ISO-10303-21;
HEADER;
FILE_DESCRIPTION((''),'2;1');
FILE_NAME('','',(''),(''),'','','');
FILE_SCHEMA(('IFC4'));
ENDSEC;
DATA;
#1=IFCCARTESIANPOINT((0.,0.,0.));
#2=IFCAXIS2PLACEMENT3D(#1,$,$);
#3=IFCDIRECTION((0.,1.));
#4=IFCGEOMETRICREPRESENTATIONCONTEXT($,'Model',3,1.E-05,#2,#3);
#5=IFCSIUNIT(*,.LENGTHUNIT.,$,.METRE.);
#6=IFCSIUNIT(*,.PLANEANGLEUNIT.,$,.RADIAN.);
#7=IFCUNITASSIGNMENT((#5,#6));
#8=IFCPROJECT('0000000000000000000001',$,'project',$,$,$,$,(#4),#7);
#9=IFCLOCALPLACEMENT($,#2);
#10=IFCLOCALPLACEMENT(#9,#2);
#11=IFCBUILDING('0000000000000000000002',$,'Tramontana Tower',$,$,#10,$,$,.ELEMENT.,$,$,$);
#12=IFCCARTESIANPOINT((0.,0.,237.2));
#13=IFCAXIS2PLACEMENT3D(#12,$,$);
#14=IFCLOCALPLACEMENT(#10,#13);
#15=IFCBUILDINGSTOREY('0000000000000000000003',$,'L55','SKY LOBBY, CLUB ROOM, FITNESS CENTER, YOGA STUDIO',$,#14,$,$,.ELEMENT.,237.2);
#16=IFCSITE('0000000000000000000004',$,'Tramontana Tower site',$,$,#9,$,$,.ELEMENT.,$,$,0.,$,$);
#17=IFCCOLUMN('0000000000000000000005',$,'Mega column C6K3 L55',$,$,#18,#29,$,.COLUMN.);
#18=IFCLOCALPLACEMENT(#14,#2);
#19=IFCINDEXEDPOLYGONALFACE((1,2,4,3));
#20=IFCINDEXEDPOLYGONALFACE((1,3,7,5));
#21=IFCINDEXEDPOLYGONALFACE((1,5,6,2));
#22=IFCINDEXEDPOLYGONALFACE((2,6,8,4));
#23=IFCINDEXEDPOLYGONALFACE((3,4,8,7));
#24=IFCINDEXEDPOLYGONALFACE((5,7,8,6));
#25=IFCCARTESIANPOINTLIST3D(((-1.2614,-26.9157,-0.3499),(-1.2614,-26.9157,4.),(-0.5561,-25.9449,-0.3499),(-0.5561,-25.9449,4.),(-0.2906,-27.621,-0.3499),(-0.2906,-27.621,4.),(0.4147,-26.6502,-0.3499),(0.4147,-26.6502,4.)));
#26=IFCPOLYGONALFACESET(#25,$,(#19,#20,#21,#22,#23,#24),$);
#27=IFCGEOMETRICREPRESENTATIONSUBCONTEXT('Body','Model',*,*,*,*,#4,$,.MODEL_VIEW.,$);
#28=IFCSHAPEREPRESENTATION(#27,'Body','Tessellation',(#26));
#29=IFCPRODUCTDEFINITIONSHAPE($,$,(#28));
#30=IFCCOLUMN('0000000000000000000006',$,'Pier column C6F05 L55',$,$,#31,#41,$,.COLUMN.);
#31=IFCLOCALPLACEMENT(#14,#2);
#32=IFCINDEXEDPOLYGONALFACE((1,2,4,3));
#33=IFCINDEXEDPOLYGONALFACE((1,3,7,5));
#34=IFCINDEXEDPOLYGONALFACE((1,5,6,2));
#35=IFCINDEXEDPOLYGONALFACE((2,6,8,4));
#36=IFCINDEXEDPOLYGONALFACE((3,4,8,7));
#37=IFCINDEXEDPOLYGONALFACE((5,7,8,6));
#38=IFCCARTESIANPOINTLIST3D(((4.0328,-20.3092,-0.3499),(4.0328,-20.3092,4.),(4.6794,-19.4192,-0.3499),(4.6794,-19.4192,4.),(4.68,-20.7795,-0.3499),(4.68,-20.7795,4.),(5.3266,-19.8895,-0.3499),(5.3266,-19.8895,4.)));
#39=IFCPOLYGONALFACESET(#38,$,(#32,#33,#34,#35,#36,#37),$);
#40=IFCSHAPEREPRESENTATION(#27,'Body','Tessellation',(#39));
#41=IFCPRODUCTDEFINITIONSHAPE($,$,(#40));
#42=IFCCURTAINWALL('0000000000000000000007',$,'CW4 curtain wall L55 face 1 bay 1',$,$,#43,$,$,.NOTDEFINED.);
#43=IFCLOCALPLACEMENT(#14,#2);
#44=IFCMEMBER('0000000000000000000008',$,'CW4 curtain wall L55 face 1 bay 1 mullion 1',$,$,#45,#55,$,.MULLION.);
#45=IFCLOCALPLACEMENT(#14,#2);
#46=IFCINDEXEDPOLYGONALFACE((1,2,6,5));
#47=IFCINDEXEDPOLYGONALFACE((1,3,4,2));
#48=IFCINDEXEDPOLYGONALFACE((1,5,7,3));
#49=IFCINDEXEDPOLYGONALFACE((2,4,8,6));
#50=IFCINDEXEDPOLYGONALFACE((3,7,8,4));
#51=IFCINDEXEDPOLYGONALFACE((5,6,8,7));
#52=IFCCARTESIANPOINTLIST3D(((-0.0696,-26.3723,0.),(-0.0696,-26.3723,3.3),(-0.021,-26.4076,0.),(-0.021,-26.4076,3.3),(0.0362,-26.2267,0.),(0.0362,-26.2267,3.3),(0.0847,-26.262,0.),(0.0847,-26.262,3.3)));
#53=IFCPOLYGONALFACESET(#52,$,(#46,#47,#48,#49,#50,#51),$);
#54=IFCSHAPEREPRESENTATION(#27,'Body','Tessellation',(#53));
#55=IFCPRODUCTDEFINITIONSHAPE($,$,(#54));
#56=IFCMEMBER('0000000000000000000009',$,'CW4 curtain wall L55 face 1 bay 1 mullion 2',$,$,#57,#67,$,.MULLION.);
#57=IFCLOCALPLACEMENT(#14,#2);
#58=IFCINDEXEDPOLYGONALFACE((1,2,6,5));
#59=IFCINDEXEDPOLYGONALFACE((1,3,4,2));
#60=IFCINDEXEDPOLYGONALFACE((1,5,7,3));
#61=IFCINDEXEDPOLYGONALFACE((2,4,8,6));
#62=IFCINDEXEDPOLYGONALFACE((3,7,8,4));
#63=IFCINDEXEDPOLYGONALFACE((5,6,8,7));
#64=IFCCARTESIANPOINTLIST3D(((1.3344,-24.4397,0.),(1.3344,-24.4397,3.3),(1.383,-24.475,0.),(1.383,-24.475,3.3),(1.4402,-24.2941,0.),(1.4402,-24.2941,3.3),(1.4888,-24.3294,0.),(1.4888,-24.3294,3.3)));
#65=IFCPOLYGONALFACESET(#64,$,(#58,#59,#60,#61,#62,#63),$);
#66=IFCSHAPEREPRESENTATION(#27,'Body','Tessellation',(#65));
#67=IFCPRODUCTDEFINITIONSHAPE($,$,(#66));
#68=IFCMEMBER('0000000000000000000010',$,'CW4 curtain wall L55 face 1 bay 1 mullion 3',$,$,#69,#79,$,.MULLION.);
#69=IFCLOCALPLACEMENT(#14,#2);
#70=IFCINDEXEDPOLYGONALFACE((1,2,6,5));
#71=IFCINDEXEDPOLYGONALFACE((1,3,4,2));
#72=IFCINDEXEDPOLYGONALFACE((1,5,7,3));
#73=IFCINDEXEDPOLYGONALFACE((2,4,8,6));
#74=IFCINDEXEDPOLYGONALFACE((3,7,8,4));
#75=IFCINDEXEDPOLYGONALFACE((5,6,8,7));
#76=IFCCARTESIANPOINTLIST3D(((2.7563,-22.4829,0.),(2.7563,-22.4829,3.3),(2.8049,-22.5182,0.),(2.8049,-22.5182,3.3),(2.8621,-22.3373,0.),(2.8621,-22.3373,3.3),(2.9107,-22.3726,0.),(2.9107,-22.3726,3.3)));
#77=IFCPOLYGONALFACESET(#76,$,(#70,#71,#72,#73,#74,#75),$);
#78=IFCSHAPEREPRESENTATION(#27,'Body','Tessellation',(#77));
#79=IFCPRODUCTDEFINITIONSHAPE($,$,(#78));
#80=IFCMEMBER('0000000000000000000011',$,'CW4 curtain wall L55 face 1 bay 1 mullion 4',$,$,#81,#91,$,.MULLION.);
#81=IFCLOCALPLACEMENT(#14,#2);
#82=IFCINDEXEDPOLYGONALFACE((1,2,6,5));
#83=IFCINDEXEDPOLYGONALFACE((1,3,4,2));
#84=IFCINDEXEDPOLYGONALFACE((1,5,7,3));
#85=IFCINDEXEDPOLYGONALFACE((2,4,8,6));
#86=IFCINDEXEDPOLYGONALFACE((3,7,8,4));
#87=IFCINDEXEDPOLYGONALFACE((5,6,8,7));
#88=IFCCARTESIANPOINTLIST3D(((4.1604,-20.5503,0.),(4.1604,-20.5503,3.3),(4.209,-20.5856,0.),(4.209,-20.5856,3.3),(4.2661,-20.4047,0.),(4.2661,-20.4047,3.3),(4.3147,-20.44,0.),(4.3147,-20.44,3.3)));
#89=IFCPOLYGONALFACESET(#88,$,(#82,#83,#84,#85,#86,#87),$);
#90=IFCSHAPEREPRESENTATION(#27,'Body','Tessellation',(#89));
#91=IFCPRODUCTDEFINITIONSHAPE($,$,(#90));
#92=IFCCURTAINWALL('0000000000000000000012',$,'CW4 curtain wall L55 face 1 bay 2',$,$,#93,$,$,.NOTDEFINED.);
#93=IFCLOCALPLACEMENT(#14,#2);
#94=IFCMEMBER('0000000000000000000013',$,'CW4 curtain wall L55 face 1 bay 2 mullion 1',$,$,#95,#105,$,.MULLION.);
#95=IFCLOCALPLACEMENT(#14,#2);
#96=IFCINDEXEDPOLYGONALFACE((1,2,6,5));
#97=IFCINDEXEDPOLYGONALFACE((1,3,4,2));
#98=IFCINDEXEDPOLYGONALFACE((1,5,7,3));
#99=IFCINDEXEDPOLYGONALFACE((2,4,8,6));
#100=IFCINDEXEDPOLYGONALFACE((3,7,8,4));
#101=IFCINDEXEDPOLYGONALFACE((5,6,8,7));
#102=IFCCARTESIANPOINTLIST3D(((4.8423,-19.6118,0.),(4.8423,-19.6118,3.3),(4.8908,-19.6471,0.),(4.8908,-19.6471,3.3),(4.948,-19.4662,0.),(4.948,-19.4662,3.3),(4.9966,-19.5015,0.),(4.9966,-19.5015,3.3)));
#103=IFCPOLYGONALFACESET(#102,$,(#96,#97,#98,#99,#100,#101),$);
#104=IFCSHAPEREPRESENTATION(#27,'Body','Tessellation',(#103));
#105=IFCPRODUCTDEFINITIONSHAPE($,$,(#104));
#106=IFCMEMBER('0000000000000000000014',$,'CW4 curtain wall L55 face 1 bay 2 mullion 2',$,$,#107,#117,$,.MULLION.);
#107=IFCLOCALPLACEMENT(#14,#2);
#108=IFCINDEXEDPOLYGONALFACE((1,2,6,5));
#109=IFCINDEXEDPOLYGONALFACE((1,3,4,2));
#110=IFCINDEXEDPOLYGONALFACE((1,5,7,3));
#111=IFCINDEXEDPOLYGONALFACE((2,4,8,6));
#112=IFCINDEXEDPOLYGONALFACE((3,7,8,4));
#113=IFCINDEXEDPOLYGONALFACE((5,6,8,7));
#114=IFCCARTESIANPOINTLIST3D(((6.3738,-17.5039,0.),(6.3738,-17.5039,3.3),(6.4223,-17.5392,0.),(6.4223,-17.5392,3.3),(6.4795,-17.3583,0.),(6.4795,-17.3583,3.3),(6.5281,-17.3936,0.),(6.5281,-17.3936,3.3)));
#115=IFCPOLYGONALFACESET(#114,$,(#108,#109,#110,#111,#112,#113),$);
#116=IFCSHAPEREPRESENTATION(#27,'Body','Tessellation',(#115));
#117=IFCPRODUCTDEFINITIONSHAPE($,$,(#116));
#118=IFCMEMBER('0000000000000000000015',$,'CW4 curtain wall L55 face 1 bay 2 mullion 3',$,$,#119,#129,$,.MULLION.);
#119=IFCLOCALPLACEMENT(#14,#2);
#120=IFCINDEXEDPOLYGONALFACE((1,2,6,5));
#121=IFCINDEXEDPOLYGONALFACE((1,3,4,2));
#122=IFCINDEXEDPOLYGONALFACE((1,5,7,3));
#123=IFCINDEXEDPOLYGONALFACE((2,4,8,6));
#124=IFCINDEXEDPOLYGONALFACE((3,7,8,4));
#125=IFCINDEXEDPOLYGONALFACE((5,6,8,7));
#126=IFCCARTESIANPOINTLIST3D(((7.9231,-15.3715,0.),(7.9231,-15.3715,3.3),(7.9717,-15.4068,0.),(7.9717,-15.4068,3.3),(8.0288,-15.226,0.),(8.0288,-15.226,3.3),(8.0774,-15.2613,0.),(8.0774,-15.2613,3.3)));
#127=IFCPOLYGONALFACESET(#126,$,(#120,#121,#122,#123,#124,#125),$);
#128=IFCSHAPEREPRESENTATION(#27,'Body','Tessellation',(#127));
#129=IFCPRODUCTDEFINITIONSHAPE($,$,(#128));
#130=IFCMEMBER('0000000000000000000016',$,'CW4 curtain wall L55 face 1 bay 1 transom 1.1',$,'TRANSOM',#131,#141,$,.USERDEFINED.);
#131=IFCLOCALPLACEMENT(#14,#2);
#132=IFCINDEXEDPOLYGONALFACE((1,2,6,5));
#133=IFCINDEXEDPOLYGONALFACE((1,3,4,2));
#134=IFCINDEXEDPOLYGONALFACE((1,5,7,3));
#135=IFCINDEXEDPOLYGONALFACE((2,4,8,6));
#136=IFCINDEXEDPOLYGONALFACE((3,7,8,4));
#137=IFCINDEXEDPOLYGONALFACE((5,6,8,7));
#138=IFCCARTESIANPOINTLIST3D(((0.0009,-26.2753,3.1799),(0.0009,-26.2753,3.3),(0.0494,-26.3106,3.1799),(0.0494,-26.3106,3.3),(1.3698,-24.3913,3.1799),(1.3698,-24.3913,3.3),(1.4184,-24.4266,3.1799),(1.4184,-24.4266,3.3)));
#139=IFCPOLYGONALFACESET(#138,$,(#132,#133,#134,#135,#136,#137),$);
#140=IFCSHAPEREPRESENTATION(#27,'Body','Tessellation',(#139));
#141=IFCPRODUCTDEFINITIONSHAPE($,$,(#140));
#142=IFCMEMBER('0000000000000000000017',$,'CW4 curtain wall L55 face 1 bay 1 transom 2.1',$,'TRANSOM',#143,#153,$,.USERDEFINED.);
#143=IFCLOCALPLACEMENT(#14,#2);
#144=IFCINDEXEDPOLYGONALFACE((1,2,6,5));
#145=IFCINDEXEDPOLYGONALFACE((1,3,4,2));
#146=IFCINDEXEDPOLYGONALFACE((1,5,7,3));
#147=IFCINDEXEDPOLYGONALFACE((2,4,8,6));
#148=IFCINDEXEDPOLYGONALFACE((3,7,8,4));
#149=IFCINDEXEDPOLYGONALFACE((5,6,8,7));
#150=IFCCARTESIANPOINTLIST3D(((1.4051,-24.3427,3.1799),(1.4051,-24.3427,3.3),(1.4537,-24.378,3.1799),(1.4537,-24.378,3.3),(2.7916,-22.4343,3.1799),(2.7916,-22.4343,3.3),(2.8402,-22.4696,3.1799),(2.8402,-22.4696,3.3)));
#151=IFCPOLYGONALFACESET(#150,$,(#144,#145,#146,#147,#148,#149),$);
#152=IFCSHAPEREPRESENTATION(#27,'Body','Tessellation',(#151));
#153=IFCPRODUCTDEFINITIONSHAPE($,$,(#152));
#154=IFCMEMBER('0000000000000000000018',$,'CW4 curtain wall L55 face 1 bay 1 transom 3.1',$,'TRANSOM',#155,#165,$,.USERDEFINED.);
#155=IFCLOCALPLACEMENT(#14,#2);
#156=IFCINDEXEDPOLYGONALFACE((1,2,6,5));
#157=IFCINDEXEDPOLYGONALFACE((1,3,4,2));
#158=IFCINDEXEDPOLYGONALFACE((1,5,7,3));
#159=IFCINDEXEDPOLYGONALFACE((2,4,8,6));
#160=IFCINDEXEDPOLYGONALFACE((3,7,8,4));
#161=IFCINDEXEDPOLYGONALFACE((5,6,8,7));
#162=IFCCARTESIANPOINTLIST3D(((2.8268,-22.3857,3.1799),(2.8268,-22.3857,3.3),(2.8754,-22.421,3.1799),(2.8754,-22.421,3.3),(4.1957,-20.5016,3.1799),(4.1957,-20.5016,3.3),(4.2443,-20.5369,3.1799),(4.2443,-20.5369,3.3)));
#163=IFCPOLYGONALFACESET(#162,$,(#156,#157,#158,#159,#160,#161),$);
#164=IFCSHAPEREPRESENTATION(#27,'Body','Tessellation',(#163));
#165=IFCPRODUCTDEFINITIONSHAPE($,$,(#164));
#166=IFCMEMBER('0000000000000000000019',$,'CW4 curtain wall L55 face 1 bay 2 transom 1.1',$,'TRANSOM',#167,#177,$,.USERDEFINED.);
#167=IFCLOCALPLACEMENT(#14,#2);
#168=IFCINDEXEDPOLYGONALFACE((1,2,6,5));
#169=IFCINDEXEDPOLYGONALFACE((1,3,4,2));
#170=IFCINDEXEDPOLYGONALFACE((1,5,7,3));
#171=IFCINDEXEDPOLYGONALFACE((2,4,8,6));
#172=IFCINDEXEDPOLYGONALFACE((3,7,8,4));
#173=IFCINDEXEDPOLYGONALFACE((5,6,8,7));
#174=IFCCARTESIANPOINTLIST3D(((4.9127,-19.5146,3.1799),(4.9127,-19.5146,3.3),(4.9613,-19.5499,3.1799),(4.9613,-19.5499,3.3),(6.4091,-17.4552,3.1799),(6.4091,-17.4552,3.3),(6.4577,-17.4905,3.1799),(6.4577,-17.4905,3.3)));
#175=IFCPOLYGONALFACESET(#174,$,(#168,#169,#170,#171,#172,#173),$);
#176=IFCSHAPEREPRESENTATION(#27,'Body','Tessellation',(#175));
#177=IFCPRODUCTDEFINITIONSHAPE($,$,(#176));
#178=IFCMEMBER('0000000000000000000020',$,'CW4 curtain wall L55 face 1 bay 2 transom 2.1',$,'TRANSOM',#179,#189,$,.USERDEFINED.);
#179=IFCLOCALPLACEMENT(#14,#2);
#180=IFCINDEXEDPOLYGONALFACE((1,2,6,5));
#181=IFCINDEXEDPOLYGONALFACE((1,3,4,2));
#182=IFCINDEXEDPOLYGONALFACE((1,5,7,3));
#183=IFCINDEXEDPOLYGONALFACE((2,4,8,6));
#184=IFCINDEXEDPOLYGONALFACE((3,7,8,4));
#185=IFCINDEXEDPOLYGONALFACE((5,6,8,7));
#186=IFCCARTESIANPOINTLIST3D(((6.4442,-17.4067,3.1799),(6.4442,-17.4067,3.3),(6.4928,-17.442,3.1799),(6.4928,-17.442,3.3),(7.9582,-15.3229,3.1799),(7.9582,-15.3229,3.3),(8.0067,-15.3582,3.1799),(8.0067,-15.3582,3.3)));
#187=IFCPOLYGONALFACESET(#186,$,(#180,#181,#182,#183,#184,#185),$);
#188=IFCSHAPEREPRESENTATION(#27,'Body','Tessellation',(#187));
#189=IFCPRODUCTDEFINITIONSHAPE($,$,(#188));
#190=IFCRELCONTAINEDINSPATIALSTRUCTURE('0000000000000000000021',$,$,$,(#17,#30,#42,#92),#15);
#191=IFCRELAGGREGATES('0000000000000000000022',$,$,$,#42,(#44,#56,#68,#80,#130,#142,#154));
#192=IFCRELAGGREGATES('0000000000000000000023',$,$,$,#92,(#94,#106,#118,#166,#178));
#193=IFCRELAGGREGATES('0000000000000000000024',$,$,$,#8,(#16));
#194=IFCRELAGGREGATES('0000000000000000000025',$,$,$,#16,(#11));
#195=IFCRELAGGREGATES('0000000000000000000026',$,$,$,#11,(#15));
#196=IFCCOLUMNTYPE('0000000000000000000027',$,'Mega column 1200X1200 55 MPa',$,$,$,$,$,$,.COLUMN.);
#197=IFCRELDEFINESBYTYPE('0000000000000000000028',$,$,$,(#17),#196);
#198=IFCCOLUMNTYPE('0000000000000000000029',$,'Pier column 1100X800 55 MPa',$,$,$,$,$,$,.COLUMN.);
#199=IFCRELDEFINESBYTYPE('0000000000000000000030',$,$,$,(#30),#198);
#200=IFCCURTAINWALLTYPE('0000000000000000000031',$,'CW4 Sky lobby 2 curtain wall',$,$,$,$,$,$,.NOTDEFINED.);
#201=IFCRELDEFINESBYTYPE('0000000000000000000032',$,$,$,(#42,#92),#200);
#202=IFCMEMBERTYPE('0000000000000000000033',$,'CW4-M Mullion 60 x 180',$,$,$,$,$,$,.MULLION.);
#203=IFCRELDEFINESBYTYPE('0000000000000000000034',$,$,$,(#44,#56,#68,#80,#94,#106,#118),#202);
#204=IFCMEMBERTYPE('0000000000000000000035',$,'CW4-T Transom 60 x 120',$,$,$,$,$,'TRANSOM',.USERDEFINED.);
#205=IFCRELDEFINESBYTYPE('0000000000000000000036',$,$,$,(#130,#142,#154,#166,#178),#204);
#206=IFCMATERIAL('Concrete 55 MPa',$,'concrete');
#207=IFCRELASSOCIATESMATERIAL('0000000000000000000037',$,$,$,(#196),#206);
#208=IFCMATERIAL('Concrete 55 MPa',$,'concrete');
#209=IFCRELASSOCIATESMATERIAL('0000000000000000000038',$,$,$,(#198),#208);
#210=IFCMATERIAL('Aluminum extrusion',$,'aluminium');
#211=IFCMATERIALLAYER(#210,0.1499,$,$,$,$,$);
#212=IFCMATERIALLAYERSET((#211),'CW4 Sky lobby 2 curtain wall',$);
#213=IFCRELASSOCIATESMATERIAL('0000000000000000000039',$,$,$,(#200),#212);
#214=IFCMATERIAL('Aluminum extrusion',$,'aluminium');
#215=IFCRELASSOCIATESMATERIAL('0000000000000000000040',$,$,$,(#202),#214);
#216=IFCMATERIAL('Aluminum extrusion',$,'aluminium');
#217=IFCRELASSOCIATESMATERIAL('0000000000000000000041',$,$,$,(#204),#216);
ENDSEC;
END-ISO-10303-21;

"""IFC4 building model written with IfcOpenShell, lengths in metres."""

from ifc_helpers import new_model, si_unit, direction, frame, origin, origin_2d, place, context, subcontext, project, spatial, rectangle, extrude, material, layer, layer_set, material_profile, profile_set, type_object, element, aggregate, save


model = new_model("IFC4")

# Units and contexts
model_context = context("Model", 3, precision=1e-05, world=origin(), true_north=direction((0.0, 1.0)))
body_context = subcontext(model_context, "Body", "Model", "MODEL_VIEW")
ifc_project = project(units=[si_unit("LENGTHUNIT", "METRE"), si_unit("PLANEANGLEUNIT", "RADIAN")], contexts=[model_context])

# Site, building, storey
site_placement = place(None, origin())
site = spatial("IfcSite", under=ifc_project, at=site_placement, Name="Tramontana Tower site", CompositionType="ELEMENT", RefElevation=0.0)
building_placement = place(site_placement, origin())
building = spatial("IfcBuilding", under=site, at=building_placement, Name="Tramontana Tower", CompositionType="ELEMENT")
storey_placement = place(building_placement, frame((0.0, 0.0, 237.2)))
storey = spatial("IfcBuildingStorey", under=building, at=storey_placement, Name="L55", Description="SKY LOBBY, CLUB ROOM, FITNESS CENTER, YOGA STUDIO", CompositionType="ELEMENT", Elevation=237.2)

# Columns
ifc_material_1 = material(Name="Concrete 55 MPa", Category="concrete")
ifc_material_profile_1 = material_profile(ifc_material_1, rectangle(XDim=1.2, YDim=1.2, at=origin_2d()), Name="Mega column 1200X1200 55 MPa")
ifc_profile_set_1 = profile_set([ifc_material_profile_1], Name="Concrete 55 MPa")
column_type_1 = type_object("IfcColumnType", Name="Mega column 1200X1200 55 MPa", PredefinedType="COLUMN", material=ifc_profile_set_1)
column_1_placement = place(storey_placement, frame((-0.4233, -26.783, -0.3499), z_axis=(0.0, 0.0, 1.0), x_axis=(0.587785, 0.809017, 0.0)))
element("IfcColumn", 1, at=column_1_placement, inside=storey, type_object=column_type_1, Name="Mega column C6K3 L55", PredefinedType="COLUMN", context=body_context, shape_type="SweptSolid", body=[
    extrude(rectangle(XDim=1.2, YDim=1.2, at=origin_2d()), origin(), (0.0, 0.0, 1.0), 4.3499),
])
ifc_material_2 = material(Name="Concrete 55 MPa", Category="concrete")
ifc_material_profile_2 = material_profile(ifc_material_2, rectangle(XDim=1.1001, YDim=0.8, at=origin_2d()), Name="Pier column 1100X800 55 MPa")
ifc_profile_set_2 = profile_set([ifc_material_profile_2], Name="Concrete 55 MPa")
column_type_2 = type_object("IfcColumnType", Name="Pier column 1100X800 55 MPa", PredefinedType="COLUMN", material=ifc_profile_set_2)
column_2_placement = place(storey_placement, frame((4.6797, -20.0994, -0.3499), z_axis=(0.0, 0.0, 1.0), x_axis=(0.587785, 0.809017, 0.0)))
element("IfcColumn", 2, at=column_2_placement, inside=storey, type_object=column_type_2, Name="Pier column C6F05 L55", PredefinedType="COLUMN", context=body_context, shape_type="SweptSolid", body=[
    extrude(rectangle(XDim=1.1001, YDim=0.8, at=origin_2d()), origin(), (0.0, 0.0, 1.0), 4.3499),
])

# Curtain walls, members
ifc_material_3 = material(Name="Aluminum extrusion", Category="aluminium")
ifc_layer_1 = layer(ifc_material_3, 0.1499)
ifc_layer_set_1 = layer_set([ifc_layer_1], Name="CW4 Sky lobby 2 curtain wall")
curtain_wall_type = type_object("IfcCurtainWallType", Name="CW4 Sky lobby 2 curtain wall", PredefinedType="NOTDEFINED", material=ifc_layer_set_1)
curtain_wall_1_placement = place(storey_placement, origin())
curtain_wall_1 = element("IfcCurtainWall", 3, at=curtain_wall_1_placement, inside=storey, type_object=curtain_wall_type, Name="CW4 curtain wall L55 face 1 bay 1", PredefinedType="NOTDEFINED")
ifc_material_4 = material(Name="Aluminum extrusion", Category="aluminium")
ifc_material_profile_3 = material_profile(ifc_material_4, rectangle(XDim=0.0601, YDim=0.1799, at=origin_2d()), Name="CW4-M Mullion 60 x 180")
ifc_profile_set_3 = profile_set([ifc_material_profile_3], Name="Aluminum extrusion")
member_type_1 = type_object("IfcMemberType", Name="CW4-M Mullion 60 x 180", PredefinedType="MULLION", material=ifc_profile_set_3)
member_1_placement = place(storey_placement, frame((0.0076, -26.3171, 0.0), z_axis=(0.0, 0.0, 1.0), x_axis=(-0.809017, 0.587785, 0.0)))
member_1 = element("IfcMember", 4, at=member_1_placement, type_object=member_type_1, Name="CW4 curtain wall L55 face 1 bay 1 mullion 1", PredefinedType="MULLION", context=body_context, shape_type="SweptSolid", body=[
    extrude(rectangle(XDim=0.0601, YDim=0.1799, at=origin_2d()), origin(), (0.0, 0.0, 1.0), 3.3),
])
member_2_placement = place(storey_placement, frame((1.4116, -24.3845, 0.0), z_axis=(0.0, 0.0, 1.0), x_axis=(-0.809017, 0.587785, 0.0)))
member_2 = element("IfcMember", 5, at=member_2_placement, type_object=member_type_1, Name="CW4 curtain wall L55 face 1 bay 1 mullion 2", PredefinedType="MULLION", context=body_context, shape_type="SweptSolid", body=[
    extrude(rectangle(XDim=0.0601, YDim=0.1799, at=origin_2d()), origin(), (0.0, 0.0, 1.0), 3.3),
])
member_3_placement = place(storey_placement, frame((2.8335, -22.4277, 0.0), z_axis=(0.0, 0.0, 1.0), x_axis=(-0.809017, 0.587785, 0.0)))
member_3 = element("IfcMember", 6, at=member_3_placement, type_object=member_type_1, Name="CW4 curtain wall L55 face 1 bay 1 mullion 3", PredefinedType="MULLION", context=body_context, shape_type="SweptSolid", body=[
    extrude(rectangle(XDim=0.0601, YDim=0.1799, at=origin_2d()), origin(), (0.0, 0.0, 1.0), 3.3),
])
member_4_placement = place(storey_placement, frame((4.2375, -20.4951, 0.0), z_axis=(0.0, 0.0, 1.0), x_axis=(-0.809017, 0.587785, 0.0)))
member_4 = element("IfcMember", 7, at=member_4_placement, type_object=member_type_1, Name="CW4 curtain wall L55 face 1 bay 1 mullion 4", PredefinedType="MULLION", context=body_context, shape_type="SweptSolid", body=[
    extrude(rectangle(XDim=0.0601, YDim=0.1799, at=origin_2d()), origin(), (0.0, 0.0, 1.0), 3.3),
])
curtain_wall_2_placement = place(storey_placement, origin())
curtain_wall_2 = element("IfcCurtainWall", 8, at=curtain_wall_2_placement, inside=storey, type_object=curtain_wall_type, Name="CW4 curtain wall L55 face 1 bay 2", PredefinedType="NOTDEFINED")
member_5_placement = place(storey_placement, frame((4.9194, -19.5566, 0.0), z_axis=(0.0, 0.0, 1.0), x_axis=(-0.809017, 0.587785, 0.0)))
member_5 = element("IfcMember", 9, at=member_5_placement, type_object=member_type_1, Name="CW4 curtain wall L55 face 1 bay 2 mullion 1", PredefinedType="MULLION", context=body_context, shape_type="SweptSolid", body=[
    extrude(rectangle(XDim=0.0601, YDim=0.1799, at=origin_2d()), origin(), (0.0, 0.0, 1.0), 3.3),
])
member_6_placement = place(storey_placement, frame((6.4509, -17.4487, 0.0), z_axis=(0.0, 0.0, 1.0), x_axis=(-0.809017, 0.587785, 0.0)))
member_6 = element("IfcMember", 10, at=member_6_placement, type_object=member_type_1, Name="CW4 curtain wall L55 face 1 bay 2 mullion 2", PredefinedType="MULLION", context=body_context, shape_type="SweptSolid", body=[
    extrude(rectangle(XDim=0.0601, YDim=0.1799, at=origin_2d()), origin(), (0.0, 0.0, 1.0), 3.3),
])
member_7_placement = place(storey_placement, frame((8.0002, -15.3164, 0.0), z_axis=(0.0, 0.0, 1.0), x_axis=(-0.809017, 0.587785, 0.0)))
member_7 = element("IfcMember", 11, at=member_7_placement, type_object=member_type_1, Name="CW4 curtain wall L55 face 1 bay 2 mullion 3", PredefinedType="MULLION", context=body_context, shape_type="SweptSolid", body=[
    extrude(rectangle(XDim=0.0601, YDim=0.1799, at=origin_2d()), origin(), (0.0, 0.0, 1.0), 3.3),
])

# Members
ifc_material_5 = material(Name="Aluminum extrusion", Category="aluminium")
ifc_material_profile_4 = material_profile(ifc_material_5, rectangle(XDim=0.0601, YDim=0.1201, at=origin_2d()), Name="CW4-T Transom 60 x 120")
ifc_profile_set_4 = profile_set([ifc_material_profile_4], Name="Aluminum extrusion")
member_type_2 = type_object("IfcMemberType", Name="CW4-T Transom 60 x 120", ElementType="TRANSOM", PredefinedType="USERDEFINED", material=ifc_profile_set_4)
member_8_placement = place(storey_placement, frame((0.0251, -26.293, 3.24), z_axis=(0.587804, 0.809003, 0.0), x_axis=(-0.809003, 0.587804, 0.0)))
member_8 = element("IfcMember", 12, at=member_8_placement, type_object=member_type_2, Name="CW4 curtain wall L55 face 1 bay 1 transom 1.1", ObjectType="TRANSOM", PredefinedType="USERDEFINED", context=body_context, shape_type="SweptSolid", body=[
    extrude(rectangle(XDim=0.0601, YDim=0.1201, at=origin_2d()), origin(), (0.0, 0.0, 1.0), 2.3289),
])
member_9_placement = place(storey_placement, frame((1.4294, -24.3604, 3.24), z_axis=(0.587759, 0.809036, 0.0), x_axis=(-0.809036, 0.587759, 0.0)))
member_9 = element("IfcMember", 13, at=member_9_placement, type_object=member_type_2, Name="CW4 curtain wall L55 face 1 bay 1 transom 2.1", ObjectType="TRANSOM", PredefinedType="USERDEFINED", context=body_context, shape_type="SweptSolid", body=[
    extrude(rectangle(XDim=0.0601, YDim=0.1201, at=origin_2d()), origin(), (0.0, 0.0, 1.0), 2.3589),
])
member_10_placement = place(storey_placement, frame((2.8511, -22.4033, 3.24), z_axis=(0.587804, 0.809003, 0.0), x_axis=(-0.809003, 0.587804, 0.0)))
member_10 = element("IfcMember", 14, at=member_10_placement, type_object=member_type_2, Name="CW4 curtain wall L55 face 1 bay 1 transom 3.1", ObjectType="TRANSOM", PredefinedType="USERDEFINED", context=body_context, shape_type="SweptSolid", body=[
    extrude(rectangle(XDim=0.0601, YDim=0.1201, at=origin_2d()), origin(), (0.0, 0.0, 1.0), 2.3289),
])
member_11_placement = place(storey_placement, frame((4.937, -19.5322, 3.24), z_axis=(0.587824, 0.808989, 0.0), x_axis=(-0.808989, 0.587824, 0.0)))
member_11 = element("IfcMember", 15, at=member_11_placement, type_object=member_type_2, Name="CW4 curtain wall L55 face 1 bay 2 transom 1.1", ObjectType="TRANSOM", PredefinedType="USERDEFINED", context=body_context, shape_type="SweptSolid", body=[
    extrude(rectangle(XDim=0.0601, YDim=0.1201, at=origin_2d()), origin(), (0.0, 0.0, 1.0), 2.5457),
])
member_12_placement = place(storey_placement, frame((6.4685, -17.4243, 3.24), z_axis=(0.587783, 0.809019, 0.0), x_axis=(-0.809019, 0.587783, 0.0)))
member_12 = element("IfcMember", 16, at=member_12_placement, type_object=member_type_2, Name="CW4 curtain wall L55 face 1 bay 2 transom 2.1", ObjectType="TRANSOM", PredefinedType="USERDEFINED", context=body_context, shape_type="SweptSolid", body=[
    extrude(rectangle(XDim=0.0601, YDim=0.1201, at=origin_2d()), origin(), (0.0, 0.0, 1.0), 2.5757),
])

aggregate(curtain_wall_1, [member_1, member_2, member_3, member_4, member_8, member_9, member_10])
aggregate(curtain_wall_2, [member_5, member_6, member_7, member_11, member_12])

save(model, "model.ifc")
